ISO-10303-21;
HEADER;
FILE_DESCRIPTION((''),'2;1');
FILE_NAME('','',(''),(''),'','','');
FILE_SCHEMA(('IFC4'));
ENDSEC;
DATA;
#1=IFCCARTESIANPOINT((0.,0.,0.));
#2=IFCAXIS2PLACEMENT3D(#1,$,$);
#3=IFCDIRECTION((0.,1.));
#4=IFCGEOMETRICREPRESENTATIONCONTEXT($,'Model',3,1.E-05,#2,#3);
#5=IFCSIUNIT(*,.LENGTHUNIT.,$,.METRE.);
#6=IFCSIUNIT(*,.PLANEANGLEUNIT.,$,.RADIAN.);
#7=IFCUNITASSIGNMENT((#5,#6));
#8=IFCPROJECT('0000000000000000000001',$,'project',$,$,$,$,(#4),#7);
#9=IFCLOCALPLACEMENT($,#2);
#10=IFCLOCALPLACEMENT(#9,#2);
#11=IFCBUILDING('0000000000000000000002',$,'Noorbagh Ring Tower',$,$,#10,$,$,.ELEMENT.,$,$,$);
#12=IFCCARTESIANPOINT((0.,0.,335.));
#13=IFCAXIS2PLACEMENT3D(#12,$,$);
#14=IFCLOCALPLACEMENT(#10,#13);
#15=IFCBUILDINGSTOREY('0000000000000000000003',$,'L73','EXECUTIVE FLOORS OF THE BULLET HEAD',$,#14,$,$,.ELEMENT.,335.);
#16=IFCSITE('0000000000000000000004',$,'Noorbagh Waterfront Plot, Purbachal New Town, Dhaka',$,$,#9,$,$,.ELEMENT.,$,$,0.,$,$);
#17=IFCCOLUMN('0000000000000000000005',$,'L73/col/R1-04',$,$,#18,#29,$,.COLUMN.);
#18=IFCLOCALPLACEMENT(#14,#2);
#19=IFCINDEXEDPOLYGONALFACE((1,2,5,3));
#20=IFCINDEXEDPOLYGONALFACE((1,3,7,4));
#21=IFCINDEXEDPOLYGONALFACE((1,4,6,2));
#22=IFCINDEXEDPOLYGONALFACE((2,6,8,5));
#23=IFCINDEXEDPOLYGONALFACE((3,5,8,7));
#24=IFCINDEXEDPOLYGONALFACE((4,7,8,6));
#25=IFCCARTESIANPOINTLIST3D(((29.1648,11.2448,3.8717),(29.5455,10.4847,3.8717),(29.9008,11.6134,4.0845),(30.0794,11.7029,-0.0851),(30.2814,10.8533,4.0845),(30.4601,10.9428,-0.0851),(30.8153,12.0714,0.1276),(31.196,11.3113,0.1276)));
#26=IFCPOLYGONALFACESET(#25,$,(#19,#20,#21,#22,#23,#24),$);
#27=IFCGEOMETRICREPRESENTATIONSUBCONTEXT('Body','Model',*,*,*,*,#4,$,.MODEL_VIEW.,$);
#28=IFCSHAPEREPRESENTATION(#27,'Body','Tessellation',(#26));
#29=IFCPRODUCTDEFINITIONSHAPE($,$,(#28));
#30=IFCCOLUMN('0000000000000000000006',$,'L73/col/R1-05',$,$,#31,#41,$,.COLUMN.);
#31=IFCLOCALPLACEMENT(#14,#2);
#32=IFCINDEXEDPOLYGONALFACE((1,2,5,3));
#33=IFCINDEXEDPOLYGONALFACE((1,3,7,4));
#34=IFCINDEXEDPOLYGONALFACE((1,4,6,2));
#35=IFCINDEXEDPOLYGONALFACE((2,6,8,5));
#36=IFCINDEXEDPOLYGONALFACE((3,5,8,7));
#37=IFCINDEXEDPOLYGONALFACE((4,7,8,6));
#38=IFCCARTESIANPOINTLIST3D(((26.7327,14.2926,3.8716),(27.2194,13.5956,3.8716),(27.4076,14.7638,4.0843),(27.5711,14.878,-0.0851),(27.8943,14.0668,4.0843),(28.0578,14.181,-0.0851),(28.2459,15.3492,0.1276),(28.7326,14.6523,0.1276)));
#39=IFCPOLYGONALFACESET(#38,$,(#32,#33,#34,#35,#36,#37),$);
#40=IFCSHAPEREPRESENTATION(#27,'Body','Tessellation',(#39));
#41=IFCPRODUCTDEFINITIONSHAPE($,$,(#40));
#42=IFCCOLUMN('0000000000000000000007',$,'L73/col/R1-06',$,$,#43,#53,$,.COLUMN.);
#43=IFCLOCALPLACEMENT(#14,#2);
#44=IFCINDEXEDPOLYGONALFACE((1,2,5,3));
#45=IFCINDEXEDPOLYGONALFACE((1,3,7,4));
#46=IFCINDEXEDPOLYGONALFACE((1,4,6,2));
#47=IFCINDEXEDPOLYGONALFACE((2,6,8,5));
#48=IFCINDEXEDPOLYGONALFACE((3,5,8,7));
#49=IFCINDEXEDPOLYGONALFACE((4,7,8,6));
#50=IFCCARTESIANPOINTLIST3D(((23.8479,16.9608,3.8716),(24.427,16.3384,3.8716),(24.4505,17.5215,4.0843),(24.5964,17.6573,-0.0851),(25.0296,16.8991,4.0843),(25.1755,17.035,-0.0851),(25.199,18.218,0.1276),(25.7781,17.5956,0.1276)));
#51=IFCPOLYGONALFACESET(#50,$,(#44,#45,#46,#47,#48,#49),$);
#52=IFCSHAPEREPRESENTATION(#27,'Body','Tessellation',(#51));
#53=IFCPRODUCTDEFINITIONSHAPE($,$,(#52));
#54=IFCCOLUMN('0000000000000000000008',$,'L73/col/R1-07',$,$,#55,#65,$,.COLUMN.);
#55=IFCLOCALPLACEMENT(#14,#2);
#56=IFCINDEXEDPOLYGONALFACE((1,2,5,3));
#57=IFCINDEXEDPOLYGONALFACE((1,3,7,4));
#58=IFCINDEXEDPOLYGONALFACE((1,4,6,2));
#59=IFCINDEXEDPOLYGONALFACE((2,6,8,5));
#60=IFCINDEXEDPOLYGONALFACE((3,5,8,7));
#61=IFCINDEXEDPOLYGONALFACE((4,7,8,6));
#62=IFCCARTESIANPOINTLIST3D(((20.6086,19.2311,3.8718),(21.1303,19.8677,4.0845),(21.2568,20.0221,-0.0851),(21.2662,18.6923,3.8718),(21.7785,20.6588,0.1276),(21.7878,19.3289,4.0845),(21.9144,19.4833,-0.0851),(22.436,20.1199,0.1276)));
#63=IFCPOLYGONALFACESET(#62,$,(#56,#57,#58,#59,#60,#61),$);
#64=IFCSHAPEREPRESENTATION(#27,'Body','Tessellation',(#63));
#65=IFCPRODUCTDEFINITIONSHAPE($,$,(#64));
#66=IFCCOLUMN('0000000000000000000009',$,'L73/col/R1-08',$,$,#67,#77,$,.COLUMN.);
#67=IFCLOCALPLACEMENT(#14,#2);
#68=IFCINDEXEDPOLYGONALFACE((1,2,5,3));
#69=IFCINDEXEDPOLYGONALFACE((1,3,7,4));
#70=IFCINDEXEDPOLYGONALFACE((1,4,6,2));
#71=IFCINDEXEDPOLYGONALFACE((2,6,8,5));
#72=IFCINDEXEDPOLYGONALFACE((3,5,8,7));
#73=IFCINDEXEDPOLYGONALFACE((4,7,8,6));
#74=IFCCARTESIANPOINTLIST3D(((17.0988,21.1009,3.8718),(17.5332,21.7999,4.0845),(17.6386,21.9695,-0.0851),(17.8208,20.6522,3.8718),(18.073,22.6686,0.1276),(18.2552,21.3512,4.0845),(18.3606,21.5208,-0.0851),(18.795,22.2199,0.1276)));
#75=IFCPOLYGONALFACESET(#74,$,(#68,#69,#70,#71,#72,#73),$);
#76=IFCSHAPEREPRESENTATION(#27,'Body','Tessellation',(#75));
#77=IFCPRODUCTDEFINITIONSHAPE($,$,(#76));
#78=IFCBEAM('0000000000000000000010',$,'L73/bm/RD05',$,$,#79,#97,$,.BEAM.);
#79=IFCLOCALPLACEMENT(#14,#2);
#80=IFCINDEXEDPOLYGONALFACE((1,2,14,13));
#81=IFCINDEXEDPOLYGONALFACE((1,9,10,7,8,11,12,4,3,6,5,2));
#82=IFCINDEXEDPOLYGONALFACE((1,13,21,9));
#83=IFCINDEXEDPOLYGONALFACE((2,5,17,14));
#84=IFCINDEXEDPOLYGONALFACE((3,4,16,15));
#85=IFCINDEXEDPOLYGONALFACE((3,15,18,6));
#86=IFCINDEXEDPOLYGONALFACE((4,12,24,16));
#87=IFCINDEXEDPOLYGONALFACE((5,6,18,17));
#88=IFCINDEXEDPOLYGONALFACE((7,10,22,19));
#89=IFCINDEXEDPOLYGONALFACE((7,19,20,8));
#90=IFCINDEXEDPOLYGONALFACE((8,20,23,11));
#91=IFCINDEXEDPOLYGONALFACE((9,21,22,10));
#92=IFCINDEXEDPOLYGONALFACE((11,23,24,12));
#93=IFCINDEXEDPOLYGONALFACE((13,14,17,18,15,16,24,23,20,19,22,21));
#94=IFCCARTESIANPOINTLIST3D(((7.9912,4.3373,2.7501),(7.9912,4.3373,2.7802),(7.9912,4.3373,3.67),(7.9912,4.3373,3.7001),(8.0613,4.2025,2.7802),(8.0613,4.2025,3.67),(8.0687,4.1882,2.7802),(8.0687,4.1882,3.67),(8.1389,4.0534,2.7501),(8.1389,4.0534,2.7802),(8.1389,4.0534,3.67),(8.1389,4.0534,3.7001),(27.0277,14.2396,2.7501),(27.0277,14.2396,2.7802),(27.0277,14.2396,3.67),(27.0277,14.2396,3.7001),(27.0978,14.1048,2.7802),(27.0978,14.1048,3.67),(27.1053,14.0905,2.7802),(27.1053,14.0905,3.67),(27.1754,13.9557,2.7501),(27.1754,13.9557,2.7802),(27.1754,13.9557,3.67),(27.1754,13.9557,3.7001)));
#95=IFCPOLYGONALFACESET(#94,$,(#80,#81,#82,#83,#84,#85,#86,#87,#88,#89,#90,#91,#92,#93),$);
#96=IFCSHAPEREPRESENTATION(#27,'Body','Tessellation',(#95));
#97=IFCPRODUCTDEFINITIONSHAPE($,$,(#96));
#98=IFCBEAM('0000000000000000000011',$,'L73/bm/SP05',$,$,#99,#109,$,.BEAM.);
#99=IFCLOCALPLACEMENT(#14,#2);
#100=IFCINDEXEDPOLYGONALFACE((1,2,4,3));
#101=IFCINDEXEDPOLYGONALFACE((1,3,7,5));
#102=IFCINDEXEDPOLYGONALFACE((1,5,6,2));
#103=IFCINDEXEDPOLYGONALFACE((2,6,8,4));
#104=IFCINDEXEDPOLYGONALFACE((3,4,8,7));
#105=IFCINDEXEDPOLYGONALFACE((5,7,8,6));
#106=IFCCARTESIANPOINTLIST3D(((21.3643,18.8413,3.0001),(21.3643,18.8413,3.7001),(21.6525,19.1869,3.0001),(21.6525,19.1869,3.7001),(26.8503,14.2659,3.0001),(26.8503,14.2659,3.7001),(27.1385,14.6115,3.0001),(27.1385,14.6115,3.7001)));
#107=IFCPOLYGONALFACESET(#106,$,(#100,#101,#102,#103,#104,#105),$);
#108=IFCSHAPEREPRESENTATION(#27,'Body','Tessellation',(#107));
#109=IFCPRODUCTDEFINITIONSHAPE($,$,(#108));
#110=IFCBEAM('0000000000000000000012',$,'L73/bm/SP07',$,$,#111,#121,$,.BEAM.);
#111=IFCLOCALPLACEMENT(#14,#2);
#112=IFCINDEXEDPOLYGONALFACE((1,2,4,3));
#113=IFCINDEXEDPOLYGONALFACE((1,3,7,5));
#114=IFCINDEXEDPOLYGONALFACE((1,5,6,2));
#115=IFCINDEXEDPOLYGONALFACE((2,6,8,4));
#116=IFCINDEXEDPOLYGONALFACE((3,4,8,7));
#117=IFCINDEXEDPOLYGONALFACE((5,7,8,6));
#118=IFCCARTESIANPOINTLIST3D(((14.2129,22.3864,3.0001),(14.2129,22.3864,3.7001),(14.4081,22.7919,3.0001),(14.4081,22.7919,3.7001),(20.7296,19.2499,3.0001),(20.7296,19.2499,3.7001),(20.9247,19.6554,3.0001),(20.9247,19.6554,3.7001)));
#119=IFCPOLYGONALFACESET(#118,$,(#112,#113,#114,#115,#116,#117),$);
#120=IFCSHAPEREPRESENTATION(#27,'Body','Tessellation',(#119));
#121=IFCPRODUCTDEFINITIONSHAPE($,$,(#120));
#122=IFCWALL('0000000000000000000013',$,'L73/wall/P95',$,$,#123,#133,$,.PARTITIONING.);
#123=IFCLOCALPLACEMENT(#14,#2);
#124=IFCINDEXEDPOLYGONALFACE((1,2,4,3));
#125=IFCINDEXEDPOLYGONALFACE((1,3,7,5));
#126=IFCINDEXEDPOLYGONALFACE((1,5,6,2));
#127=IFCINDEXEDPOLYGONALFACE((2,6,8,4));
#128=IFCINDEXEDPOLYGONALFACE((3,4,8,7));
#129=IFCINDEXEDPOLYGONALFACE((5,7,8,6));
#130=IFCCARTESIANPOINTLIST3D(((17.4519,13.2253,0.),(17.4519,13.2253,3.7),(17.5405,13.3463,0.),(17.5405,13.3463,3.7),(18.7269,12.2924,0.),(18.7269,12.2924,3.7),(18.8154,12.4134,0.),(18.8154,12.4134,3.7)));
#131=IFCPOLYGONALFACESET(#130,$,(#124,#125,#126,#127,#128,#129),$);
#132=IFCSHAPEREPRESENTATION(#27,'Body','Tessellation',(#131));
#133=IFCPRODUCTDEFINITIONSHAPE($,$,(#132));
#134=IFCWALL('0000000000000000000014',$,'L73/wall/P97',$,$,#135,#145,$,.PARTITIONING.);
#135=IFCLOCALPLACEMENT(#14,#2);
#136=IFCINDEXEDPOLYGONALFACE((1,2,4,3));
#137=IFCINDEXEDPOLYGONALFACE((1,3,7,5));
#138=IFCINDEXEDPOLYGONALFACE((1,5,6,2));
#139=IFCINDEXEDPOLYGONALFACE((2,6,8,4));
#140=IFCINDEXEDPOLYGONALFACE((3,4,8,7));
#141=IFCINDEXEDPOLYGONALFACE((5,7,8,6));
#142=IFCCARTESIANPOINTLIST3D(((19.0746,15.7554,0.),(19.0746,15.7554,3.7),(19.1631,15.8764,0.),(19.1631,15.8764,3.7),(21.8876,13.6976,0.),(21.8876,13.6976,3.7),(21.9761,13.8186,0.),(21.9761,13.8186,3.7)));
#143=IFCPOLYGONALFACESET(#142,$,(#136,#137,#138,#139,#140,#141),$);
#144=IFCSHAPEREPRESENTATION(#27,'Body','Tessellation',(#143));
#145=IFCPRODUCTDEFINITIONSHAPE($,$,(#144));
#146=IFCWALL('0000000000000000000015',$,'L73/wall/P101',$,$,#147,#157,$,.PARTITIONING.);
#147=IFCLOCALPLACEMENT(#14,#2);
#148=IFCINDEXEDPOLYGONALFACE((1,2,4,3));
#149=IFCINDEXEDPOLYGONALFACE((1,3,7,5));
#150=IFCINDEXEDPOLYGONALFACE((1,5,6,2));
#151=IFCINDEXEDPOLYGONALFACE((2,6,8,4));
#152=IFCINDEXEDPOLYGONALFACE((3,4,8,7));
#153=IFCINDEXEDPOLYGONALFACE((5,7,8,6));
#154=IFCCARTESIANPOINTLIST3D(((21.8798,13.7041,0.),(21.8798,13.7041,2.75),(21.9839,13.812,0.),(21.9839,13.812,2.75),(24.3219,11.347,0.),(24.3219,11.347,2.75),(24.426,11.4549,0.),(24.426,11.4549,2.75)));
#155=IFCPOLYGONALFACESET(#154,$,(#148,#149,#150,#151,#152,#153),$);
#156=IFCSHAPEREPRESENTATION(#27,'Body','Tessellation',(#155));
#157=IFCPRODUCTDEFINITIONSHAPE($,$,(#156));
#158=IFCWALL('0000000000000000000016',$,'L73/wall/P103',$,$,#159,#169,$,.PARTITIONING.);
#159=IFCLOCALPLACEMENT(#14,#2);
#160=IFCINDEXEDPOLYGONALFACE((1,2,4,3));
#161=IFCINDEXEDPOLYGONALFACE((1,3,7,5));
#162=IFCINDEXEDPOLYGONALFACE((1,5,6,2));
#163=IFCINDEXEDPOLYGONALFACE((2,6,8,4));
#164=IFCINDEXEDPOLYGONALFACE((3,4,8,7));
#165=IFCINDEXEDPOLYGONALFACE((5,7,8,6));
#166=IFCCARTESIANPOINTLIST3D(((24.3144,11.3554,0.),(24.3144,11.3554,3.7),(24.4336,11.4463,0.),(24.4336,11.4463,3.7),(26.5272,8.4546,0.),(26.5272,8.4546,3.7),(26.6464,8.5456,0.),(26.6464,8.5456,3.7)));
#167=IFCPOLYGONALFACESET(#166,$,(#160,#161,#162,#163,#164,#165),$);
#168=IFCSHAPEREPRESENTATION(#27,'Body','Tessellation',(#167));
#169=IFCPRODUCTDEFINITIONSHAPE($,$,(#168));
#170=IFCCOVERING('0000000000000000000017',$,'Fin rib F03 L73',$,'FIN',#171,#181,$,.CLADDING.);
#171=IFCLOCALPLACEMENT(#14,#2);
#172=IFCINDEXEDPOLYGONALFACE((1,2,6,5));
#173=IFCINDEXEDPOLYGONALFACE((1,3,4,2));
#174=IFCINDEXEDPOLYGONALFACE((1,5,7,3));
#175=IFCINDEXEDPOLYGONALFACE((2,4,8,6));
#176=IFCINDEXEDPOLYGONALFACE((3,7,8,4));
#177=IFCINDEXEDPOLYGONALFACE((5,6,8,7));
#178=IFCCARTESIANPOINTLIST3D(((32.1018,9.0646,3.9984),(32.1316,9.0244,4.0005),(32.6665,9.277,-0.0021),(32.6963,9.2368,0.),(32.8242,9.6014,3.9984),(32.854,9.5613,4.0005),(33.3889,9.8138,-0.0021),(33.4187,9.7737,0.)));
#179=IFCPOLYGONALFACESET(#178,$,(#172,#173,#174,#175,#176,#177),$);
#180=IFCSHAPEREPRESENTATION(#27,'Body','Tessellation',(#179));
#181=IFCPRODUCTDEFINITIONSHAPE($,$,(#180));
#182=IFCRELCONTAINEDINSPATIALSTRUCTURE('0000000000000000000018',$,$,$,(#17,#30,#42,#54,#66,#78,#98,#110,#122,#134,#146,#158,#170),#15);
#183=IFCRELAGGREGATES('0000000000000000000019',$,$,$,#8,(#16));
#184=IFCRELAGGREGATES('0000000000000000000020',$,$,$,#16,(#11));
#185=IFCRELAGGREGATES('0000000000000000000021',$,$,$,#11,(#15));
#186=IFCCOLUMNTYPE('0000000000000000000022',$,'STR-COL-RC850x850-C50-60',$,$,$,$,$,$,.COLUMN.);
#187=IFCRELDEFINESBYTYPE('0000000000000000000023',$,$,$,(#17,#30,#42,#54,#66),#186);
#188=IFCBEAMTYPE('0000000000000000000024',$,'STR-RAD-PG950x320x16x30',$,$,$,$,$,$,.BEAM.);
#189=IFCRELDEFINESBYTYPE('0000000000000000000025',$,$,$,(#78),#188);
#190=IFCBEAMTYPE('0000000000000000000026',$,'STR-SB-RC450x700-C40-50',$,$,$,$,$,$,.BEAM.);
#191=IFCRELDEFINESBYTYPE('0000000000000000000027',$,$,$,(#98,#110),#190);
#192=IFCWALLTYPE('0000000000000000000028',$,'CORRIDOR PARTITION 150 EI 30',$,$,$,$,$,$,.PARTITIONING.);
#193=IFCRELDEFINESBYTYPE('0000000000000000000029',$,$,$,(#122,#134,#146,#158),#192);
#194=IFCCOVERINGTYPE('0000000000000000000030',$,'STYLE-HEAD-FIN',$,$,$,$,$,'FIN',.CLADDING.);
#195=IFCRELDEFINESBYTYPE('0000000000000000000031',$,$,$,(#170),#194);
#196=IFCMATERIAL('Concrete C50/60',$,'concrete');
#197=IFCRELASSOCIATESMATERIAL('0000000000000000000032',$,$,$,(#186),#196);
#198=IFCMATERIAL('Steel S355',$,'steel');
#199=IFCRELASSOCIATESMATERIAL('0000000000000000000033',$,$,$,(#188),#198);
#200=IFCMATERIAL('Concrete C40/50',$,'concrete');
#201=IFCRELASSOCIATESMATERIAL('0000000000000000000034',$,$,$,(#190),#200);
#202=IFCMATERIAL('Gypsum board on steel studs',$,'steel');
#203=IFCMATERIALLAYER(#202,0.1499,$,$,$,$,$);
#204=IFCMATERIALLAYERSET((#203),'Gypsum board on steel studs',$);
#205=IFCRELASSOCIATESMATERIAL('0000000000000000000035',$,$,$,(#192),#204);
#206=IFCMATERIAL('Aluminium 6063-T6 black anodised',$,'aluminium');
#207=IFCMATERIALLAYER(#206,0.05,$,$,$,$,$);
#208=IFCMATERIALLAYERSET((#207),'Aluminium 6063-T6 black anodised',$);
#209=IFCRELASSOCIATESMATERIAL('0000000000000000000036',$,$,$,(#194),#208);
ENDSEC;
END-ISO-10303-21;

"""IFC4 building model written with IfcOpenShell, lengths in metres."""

from ifc_helpers import new_model, si_unit, direction, frame, frame_2d, origin, origin_2d, place, context, subcontext, project, spatial, polyline, rectangle, i_section, outline, extrude, material, layer, layer_set, material_profile, profile_set, type_object, element, save


model = new_model("IFC4")

# Units and contexts
model_context = context("Model", 3, precision=1e-05, world=origin(), true_north=direction((0.0, 1.0)))
body_context = subcontext(model_context, "Body", "Model", "MODEL_VIEW")
ifc_project = project(units=[si_unit("LENGTHUNIT", "METRE"), si_unit("PLANEANGLEUNIT", "RADIAN")], contexts=[model_context])

# Site, building, storey
site_placement = place(None, origin())
site = spatial("IfcSite", under=ifc_project, at=site_placement, Name="Noorbagh Waterfront Plot, Purbachal New Town, Dhaka", CompositionType="ELEMENT", RefElevation=0.0)
building_placement = place(site_placement, origin())
building = spatial("IfcBuilding", under=site, at=building_placement, Name="Noorbagh Ring Tower", CompositionType="ELEMENT")
storey_placement = place(building_placement, frame((0.0, 0.0, 335.0)))
storey = spatial("IfcBuildingStorey", under=building, at=storey_placement, Name="L73", Description="EXECUTIVE FLOORS OF THE BULLET HEAD", CompositionType="ELEMENT", Elevation=335.0)

# Columns
ifc_material_1 = material(Name="Concrete C50/60", Category="concrete")
ifc_material_profile_1 = material_profile(ifc_material_1, rectangle(XDim=0.8501, YDim=0.8501, at=origin_2d()), Name="RC850x850")
ifc_profile_set_1 = profile_set([ifc_material_profile_1], Name="Concrete C50/60")
column_type = type_object("IfcColumnType", Name="STR-COL-RC850x850-C50-60", PredefinedType="COLUMN", material=ifc_profile_set_1)
column_placement = place(storey_placement, frame((30.6377, 11.5071, 0.0212), z_axis=(-0.223779, -0.112069, 0.968175), x_axis=(0.447786, -0.894141, 0.0)))
element("IfcColumn", 1, at=column_placement, inside=storey, type_object=column_type, Name="L73/col/R1-04", PredefinedType="COLUMN", context=body_context, shape_type="SweptSolid", body=[
    extrude(rectangle(XDim=0.8501, YDim=0.8501, at=origin_2d()), origin(), (0.0, 0.0, 1.0), 4.0869),
])
for number, where, z_axis, x_axis, name in (
    (2, (28.1519, 14.7651, 0.0212), (-0.205144, -0.143254, 0.968191), (0.572533, -0.819882, 0.0), "L73/col/R1-05"),
    (3, (25.1873, 17.6265, 0.0212), (-0.183161, -0.170436, 0.968196), (0.68122, -0.732079, 0.0), "L73/col/R1-06"),
):
    element("IfcColumn", number, at=place(storey_placement, frame(where, z_axis=z_axis, x_axis=x_axis)), inside=storey, type_object=column_type, Name=name, PredefinedType="COLUMN", context=body_context, shape_type="SweptSolid", body=[
        extrude(rectangle(XDim=0.8501, YDim=0.8501, at=origin_2d()), origin(), (0.0, 0.0, 1.0), 4.0867),
    ])
for number, where, z_axis, x_axis, name in (
    (4, (21.8464, 20.071, 0.0212), (-0.158606, -0.193553, 0.968184), (0.773478, -0.633823, 0.0), "L73/col/R1-07"),
    (5, (18.2168, 22.0947, 0.0212), (-0.132082, -0.21255, 0.968182), (0.849363, -0.527808, 0.0), "L73/col/R1-08"),
):
    element("IfcColumn", number, at=place(storey_placement, frame(where, z_axis=z_axis, x_axis=x_axis)), inside=storey, type_object=column_type, Name=name, PredefinedType="COLUMN", context=body_context, shape_type="SweptSolid", body=[
        extrude(rectangle(XDim=0.8501, YDim=0.8501, at=origin_2d()), origin(), (0.0, 0.0, 1.0), 4.0869),
    ])

# Beams
ifc_material_2 = material(Name="Steel S355", Category="steel")
ifc_material_profile_2 = material_profile(ifc_material_2, i_section(OverallWidth=0.3201, OverallDepth=0.95, WebThickness=0.0161, FlangeThickness=0.03, at=origin_2d()), Name="PG950x320x16x30")
ifc_profile_set_2 = profile_set([ifc_material_profile_2], Name="Steel S355")
beam_type_1 = type_object("IfcBeamType", Name="STR-RAD-PG950x320x16x30", PredefinedType="BEAM", material=ifc_profile_set_2)
beam_1_placement = place(storey_placement, frame((27.1016, 14.0977, 3.2251), z_axis=(-0.887154, -0.461474, 0.0), x_axis=(0.461474, -0.887154, 0.0)))
element("IfcBeam", 6, at=beam_1_placement, inside=storey, type_object=beam_type_1, Name="L73/bm/RD05", PredefinedType="BEAM", context=body_context, shape_type="SweptSolid", body=[
    extrude(i_section(OverallWidth=0.3201, OverallDepth=0.95, WebThickness=0.0161, FlangeThickness=0.03, at=origin_2d()), origin(), (0.0, 0.0, 1.0), 21.458),
])
ifc_material_3 = material(Name="Concrete C40/50", Category="concrete")
ifc_material_profile_3 = material_profile(ifc_material_3, rectangle(XDim=0.45, YDim=0.7, at=origin_2d()), Name="RC450x700")
ifc_profile_set_3 = profile_set([ifc_material_profile_3], Name="Concrete C40/50")
beam_type_2 = type_object("IfcBeamType", Name="STR-SB-RC450x700-C40-50", PredefinedType="BEAM", material=ifc_profile_set_3)
beam_2_placement = place(storey_placement, frame((26.9944, 14.4387, 3.3501), z_axis=(-0.767966, 0.64049, 0.0), x_axis=(-0.64049, -0.767966, 0.0)))
element("IfcBeam", 7, at=beam_2_placement, inside=storey, type_object=beam_type_2, Name="L73/bm/SP05", PredefinedType="BEAM", context=body_context, shape_type="SweptSolid", body=[
    extrude(rectangle(XDim=0.45, YDim=0.7, at=origin_2d()), origin(), (0.0, 0.0, 1.0), 7.1436),
])
beam_3_placement = place(storey_placement, frame((20.8271, 19.4526, 3.3501), z_axis=(-0.901064, 0.433687, 0.0), x_axis=(-0.433687, -0.901064, 0.0)))
element("IfcBeam", 8, at=beam_3_placement, inside=storey, type_object=beam_type_2, Name="L73/bm/SP07", PredefinedType="BEAM", context=body_context, shape_type="SweptSolid", body=[
    extrude(rectangle(XDim=0.45, YDim=0.7, at=origin_2d()), origin(), (0.0, 0.0, 1.0), 7.2322),
])

# Walls
ifc_material_4 = material(Name="Gypsum board on steel studs", Category="steel")
ifc_layer_1 = layer(ifc_material_4, 0.1499)
ifc_layer_set_1 = layer_set([ifc_layer_1], Name="Gypsum board on steel studs")
wall_type = type_object("IfcWallType", Name="CORRIDOR PARTITION 150 EI 30", PredefinedType="PARTITIONING", material=ifc_layer_set_1)
wall_1_placement = place(storey_placement, frame((17.4961, 13.2859, 0.0), z_axis=(0.0, 0.0, 1.0), x_axis=(0.807029, -0.590512, 0.0)))
element("IfcWall", 9, at=wall_1_placement, inside=storey, type_object=wall_type, Name="L73/wall/P95", PredefinedType="PARTITIONING", context=body_context, shape_type="SweptSolid", body=[
    extrude(rectangle(XDim=1.5798, YDim=0.1499, at=frame_2d((0.79, 0.0))), origin(), (0.0, 0.0, 1.0), 3.7),
])
wall_2_placement = place(storey_placement, frame((19.1189, 15.8159, 0.0), z_axis=(0.0, 0.0, 1.0), x_axis=(0.807088, -0.590431, 0.0)))
element("IfcWall", 10, at=wall_2_placement, inside=storey, type_object=wall_type, Name="L73/wall/P97", PredefinedType="PARTITIONING", context=body_context, shape_type="SweptSolid", body=[
    extrude(rectangle(XDim=3.4854, YDim=0.1499, at=frame_2d((1.7427, 0.0))), origin(), (0.0, 0.0, 1.0), 3.7),
])
wall_3_placement = place(storey_placement, frame((21.9319, 13.7581, 0.0), z_axis=(0.0, 0.0, 1.0), x_axis=(0.719512, -0.69448, 0.0)))
element("IfcWall", 11, at=wall_3_placement, inside=storey, type_object=wall_type, Name="L73/wall/P101", PredefinedType="PARTITIONING", context=body_context, shape_type="SweptSolid", body=[
    extrude(rectangle(XDim=3.394, YDim=0.1499, at=frame_2d((1.697, 0.0))), origin(), (0.0, 0.0, 1.0), 2.75),
])
wall_4_placement = place(storey_placement, frame((24.374, 11.4009, 0.0), z_axis=(0.0, 0.0, 1.0), x_axis=(0.606511, -0.795075, 0.0)))
element("IfcWall", 12, at=wall_4_placement, inside=storey, type_object=wall_type, Name="L73/wall/P103", PredefinedType="PARTITIONING", context=body_context, shape_type="SweptSolid", body=[
    extrude(rectangle(XDim=3.6484, YDim=0.1499, at=frame_2d((1.8242, 0.0))), origin(), (0.0, 0.0, 1.0), 3.7),
])

# Covering
ifc_material_5 = material(Name="Aluminium 6063-T6 black anodised", Category="aluminium")
ifc_layer_2 = layer(ifc_material_5, 0.05)
ifc_layer_set_2 = layer_set([ifc_layer_2], Name="Aluminium 6063-T6 black anodised")
covering_type_1 = type_object("IfcCoveringType", Name="STYLE-HEAD-FIN", ElementType="FIN", PredefinedType="CLADDING", material=ifc_layer_set_2)
covering_1_placement = place(storey_placement, frame((33.4187, 9.7737, 0.0), z_axis=(0.595964, -0.801936, 0.041546), x_axis=(-0.139579, -0.0525, 0.988818)))
element("IfcCovering", 13, at=covering_1_placement, inside=storey, type_object=covering_type_1, Name="Fin rib F03 L73", ObjectType="FIN", PredefinedType="CLADDING", context=body_context, shape_type="SweptSolid", body=[
    extrude(outline(polyline([(0.0, 0.0), (4.0457, 0.0), (4.1747, 0.8908), (0.129, 0.8908), (0.0, 0.0)])), origin(), (0.0, 0.0, -1.0), 0.05),
])

save(model, "model.ifc")
